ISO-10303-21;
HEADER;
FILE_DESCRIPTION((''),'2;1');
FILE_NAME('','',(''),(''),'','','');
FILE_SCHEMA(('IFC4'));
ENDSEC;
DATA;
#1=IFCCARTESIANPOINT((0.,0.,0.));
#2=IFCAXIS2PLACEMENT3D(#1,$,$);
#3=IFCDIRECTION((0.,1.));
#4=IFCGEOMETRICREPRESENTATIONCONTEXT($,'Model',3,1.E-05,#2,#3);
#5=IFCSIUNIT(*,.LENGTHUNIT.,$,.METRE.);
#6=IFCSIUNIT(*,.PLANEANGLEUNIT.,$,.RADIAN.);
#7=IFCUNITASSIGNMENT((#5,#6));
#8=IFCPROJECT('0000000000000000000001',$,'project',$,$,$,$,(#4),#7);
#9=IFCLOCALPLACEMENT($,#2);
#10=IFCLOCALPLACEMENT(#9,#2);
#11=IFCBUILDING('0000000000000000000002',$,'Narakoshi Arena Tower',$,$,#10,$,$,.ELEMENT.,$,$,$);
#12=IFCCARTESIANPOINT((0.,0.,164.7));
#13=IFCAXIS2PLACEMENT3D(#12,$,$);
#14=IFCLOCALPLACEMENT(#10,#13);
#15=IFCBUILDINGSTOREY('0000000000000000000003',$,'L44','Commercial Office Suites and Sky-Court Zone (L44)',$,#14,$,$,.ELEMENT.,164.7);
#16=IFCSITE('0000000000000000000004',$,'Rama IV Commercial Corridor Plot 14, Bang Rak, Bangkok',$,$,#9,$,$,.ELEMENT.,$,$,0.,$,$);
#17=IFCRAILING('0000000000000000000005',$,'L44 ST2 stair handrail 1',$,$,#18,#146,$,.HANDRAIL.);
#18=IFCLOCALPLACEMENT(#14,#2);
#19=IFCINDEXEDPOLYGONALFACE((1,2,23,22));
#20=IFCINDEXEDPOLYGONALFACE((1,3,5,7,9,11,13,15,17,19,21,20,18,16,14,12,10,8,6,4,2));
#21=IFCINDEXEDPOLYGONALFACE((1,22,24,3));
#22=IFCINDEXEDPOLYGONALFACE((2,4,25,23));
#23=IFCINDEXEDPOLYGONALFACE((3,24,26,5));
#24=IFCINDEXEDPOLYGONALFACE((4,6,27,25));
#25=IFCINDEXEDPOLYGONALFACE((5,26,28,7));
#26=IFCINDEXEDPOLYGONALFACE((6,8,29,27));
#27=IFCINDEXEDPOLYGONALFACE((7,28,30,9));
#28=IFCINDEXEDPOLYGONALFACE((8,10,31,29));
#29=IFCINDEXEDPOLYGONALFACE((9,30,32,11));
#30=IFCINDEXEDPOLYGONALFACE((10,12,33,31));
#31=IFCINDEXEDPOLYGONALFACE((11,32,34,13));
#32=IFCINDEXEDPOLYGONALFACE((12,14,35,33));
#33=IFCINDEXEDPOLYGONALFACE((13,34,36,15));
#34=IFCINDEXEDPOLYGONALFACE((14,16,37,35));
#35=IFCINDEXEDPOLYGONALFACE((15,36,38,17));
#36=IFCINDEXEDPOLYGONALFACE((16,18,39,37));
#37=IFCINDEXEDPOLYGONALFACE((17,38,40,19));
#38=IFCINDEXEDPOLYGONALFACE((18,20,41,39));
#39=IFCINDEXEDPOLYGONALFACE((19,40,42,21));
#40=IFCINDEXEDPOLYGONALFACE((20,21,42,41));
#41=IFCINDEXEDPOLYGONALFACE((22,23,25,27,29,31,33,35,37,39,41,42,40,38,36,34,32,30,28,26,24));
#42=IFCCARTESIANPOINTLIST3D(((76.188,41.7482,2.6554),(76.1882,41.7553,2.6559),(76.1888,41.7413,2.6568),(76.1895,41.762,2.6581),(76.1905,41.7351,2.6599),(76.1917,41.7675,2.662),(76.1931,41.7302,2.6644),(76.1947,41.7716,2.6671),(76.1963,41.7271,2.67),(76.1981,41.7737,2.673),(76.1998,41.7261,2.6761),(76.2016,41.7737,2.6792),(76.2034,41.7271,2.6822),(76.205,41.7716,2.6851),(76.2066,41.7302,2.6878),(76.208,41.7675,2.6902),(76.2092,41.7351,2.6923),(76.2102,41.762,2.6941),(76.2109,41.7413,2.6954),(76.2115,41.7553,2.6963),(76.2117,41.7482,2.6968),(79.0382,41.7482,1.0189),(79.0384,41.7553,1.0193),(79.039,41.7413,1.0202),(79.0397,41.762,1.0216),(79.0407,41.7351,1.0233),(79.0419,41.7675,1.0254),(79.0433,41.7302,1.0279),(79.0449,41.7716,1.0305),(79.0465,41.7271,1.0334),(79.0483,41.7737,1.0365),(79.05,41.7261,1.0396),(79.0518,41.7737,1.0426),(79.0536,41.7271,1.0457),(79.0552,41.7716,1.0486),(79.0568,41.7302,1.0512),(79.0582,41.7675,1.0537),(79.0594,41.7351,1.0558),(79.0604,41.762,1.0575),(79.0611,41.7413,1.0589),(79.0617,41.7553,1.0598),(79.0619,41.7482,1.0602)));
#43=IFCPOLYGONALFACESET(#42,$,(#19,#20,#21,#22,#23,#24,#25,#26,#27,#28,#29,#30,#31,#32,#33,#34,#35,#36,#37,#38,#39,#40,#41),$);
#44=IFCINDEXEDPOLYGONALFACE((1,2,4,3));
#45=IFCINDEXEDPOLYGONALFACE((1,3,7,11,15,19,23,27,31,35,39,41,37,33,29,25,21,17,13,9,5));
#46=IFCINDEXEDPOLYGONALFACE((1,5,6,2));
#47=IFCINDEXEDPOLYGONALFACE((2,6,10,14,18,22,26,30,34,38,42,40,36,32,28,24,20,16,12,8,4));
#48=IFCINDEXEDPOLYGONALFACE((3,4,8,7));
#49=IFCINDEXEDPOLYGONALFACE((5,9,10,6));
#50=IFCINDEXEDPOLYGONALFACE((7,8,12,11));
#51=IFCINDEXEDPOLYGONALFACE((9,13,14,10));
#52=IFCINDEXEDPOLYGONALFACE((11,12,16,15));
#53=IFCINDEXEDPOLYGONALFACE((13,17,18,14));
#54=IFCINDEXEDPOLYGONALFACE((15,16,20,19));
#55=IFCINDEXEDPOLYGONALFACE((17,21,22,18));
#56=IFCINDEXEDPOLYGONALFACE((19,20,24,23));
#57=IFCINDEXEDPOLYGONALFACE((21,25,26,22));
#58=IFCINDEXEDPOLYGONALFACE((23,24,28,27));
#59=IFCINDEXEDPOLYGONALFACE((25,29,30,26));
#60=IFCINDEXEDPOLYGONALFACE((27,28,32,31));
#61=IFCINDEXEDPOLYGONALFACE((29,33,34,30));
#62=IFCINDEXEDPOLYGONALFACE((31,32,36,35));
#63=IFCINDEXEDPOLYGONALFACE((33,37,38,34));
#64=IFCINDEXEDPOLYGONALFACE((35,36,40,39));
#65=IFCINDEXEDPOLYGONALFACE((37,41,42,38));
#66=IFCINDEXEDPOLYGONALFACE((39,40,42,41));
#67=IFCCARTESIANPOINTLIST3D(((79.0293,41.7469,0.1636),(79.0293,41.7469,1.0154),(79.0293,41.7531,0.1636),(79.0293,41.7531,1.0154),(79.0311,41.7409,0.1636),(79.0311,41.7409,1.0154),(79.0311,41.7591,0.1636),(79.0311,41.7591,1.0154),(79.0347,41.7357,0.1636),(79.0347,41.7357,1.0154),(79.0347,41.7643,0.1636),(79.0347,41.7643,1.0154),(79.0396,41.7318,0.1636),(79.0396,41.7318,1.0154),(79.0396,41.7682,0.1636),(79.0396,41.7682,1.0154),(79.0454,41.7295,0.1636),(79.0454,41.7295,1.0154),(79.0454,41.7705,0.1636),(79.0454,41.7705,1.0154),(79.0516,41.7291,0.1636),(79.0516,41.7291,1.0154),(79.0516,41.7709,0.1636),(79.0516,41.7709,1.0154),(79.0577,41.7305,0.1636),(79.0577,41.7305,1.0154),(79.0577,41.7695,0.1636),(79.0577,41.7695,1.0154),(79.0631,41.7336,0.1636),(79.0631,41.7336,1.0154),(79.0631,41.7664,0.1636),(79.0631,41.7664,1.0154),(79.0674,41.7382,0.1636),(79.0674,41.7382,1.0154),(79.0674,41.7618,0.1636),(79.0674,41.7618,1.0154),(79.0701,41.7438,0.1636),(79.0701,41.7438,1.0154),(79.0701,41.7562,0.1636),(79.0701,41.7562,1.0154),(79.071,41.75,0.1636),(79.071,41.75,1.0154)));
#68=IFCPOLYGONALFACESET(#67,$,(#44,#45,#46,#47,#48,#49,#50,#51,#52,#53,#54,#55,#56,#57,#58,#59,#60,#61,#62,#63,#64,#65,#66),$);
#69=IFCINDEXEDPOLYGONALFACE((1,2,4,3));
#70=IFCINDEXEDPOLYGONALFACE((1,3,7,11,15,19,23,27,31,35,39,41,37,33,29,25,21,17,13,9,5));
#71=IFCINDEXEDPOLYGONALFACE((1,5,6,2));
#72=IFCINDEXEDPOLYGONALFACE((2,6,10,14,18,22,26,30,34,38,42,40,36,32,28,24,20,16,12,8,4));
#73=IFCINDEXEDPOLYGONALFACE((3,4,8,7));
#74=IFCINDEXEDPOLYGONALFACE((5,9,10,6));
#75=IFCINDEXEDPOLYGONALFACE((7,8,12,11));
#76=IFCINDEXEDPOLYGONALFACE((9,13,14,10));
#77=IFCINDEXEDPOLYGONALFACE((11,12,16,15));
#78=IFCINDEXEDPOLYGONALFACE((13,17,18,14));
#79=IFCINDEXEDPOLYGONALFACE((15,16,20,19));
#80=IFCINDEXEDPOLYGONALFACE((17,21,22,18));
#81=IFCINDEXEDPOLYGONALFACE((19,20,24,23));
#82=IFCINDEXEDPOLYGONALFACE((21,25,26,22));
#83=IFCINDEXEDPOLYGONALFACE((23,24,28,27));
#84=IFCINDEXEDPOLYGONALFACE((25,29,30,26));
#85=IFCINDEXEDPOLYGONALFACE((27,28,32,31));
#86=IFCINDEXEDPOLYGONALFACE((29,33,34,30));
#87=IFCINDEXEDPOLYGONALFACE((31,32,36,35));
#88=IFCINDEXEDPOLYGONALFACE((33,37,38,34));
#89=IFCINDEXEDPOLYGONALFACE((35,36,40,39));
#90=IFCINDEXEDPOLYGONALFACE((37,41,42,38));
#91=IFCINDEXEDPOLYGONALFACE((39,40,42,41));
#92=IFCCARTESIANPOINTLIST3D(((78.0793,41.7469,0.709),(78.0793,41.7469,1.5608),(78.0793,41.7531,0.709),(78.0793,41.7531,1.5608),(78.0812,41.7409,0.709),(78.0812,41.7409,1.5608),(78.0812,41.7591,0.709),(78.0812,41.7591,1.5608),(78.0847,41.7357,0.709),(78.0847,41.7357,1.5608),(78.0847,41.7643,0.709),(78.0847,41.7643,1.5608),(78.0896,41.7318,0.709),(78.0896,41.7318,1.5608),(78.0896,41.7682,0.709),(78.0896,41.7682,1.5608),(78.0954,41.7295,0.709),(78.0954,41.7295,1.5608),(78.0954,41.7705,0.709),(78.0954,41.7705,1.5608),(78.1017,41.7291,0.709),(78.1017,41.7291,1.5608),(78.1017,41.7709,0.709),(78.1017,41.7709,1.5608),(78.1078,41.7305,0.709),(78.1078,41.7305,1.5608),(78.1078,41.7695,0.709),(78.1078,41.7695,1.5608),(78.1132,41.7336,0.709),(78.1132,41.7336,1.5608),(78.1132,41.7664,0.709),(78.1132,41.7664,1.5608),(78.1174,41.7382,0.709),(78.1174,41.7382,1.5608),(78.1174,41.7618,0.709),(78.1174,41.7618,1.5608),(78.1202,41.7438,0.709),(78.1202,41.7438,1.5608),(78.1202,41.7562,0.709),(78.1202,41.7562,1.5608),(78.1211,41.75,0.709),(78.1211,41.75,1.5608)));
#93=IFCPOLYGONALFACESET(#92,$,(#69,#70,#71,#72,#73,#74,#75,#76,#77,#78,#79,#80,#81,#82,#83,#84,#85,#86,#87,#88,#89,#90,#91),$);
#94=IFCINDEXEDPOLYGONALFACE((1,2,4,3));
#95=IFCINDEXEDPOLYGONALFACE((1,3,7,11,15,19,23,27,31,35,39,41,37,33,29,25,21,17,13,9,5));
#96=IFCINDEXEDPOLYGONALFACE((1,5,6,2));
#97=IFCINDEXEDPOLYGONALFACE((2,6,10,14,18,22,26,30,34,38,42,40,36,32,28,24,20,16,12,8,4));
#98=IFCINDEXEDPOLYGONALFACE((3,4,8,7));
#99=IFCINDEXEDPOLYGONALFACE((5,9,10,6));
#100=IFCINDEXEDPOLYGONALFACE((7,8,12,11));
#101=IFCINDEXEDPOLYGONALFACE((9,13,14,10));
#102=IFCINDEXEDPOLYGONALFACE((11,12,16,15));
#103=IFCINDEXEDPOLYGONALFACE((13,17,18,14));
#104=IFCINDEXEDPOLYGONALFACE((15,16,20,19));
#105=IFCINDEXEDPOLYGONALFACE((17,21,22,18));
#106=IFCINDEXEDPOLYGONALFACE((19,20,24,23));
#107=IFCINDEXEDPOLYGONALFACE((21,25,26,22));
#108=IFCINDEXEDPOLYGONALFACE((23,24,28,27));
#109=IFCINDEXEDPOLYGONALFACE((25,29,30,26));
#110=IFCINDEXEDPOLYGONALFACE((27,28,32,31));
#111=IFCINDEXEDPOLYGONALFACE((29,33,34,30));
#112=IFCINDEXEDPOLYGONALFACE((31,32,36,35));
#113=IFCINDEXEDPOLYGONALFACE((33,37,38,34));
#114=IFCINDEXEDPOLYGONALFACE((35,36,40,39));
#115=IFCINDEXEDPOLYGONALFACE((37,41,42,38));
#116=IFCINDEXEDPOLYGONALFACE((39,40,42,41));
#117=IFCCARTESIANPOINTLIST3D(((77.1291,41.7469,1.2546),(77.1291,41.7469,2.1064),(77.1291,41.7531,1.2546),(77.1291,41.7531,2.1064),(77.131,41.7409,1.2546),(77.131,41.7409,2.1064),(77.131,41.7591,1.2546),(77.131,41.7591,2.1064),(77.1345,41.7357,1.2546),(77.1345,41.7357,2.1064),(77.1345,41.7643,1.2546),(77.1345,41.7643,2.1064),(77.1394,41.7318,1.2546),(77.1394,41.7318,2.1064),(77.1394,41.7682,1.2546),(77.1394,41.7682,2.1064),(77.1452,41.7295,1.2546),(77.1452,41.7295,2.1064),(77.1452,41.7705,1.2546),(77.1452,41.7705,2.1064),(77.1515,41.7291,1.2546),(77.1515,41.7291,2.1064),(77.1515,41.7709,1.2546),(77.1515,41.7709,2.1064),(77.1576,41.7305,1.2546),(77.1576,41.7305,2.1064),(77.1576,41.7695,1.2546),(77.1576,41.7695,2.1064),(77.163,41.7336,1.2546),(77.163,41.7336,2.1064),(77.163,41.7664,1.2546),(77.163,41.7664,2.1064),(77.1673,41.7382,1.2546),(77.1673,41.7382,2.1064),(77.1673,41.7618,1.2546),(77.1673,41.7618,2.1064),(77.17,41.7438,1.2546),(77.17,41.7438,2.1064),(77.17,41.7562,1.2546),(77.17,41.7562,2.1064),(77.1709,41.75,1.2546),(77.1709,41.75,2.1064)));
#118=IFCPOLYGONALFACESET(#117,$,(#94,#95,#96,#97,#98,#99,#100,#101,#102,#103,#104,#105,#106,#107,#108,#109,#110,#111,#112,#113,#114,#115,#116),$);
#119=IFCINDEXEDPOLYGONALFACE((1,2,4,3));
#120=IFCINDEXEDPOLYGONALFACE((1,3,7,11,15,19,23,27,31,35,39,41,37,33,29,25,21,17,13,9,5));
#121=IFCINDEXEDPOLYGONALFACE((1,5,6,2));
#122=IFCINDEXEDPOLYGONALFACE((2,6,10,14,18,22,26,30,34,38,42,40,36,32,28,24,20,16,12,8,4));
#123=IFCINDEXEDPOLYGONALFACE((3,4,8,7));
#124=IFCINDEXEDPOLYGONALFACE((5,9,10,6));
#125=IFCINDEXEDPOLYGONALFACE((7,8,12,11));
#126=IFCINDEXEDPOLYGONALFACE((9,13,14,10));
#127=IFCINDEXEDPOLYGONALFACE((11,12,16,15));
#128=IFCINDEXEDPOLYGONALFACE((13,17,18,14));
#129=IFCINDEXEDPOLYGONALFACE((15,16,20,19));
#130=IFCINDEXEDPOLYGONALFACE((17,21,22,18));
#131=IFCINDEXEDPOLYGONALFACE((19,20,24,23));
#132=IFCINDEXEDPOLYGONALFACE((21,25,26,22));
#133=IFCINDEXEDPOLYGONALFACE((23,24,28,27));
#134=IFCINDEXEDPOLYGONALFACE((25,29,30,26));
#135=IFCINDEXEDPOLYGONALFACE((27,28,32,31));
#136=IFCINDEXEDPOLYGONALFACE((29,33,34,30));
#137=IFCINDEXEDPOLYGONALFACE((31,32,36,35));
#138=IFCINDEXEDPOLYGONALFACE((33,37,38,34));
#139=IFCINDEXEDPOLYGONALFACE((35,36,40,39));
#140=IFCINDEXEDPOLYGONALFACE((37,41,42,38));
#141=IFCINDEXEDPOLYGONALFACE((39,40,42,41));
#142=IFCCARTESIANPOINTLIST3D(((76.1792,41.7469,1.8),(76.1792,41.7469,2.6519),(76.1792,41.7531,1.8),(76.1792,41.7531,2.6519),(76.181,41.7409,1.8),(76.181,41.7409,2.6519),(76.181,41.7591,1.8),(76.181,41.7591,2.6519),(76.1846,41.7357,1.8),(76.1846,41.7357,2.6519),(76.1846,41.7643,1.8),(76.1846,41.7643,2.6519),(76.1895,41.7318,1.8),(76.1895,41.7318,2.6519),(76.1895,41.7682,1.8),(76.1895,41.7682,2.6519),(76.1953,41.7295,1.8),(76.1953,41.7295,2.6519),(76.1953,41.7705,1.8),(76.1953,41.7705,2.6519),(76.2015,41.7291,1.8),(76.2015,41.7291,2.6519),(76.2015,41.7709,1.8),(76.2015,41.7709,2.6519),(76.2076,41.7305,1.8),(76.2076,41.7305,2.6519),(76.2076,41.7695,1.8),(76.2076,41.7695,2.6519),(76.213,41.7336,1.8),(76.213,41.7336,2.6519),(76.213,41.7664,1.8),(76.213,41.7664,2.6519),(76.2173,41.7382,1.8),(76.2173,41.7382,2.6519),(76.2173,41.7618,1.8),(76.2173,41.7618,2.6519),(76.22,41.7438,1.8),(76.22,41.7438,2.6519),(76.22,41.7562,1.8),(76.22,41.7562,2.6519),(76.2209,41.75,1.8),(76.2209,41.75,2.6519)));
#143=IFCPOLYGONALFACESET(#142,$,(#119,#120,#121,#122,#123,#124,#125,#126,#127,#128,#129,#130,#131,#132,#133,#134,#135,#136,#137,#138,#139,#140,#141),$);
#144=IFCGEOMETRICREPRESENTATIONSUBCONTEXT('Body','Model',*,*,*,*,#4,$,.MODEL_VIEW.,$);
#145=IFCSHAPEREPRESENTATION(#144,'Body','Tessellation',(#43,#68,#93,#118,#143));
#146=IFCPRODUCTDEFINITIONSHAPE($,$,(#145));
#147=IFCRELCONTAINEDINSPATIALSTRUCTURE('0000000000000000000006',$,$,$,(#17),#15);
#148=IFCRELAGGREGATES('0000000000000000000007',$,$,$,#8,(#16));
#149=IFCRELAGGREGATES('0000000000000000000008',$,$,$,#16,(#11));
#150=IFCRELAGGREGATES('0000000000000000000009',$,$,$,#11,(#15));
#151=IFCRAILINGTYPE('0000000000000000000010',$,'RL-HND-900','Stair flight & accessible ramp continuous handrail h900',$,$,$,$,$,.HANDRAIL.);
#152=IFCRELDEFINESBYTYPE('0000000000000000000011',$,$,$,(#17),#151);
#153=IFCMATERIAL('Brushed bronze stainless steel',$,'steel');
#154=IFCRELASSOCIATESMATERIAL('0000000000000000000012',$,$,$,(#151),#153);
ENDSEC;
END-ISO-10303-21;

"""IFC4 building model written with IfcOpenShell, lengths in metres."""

from ifc_helpers import new_model, si_unit, direction, frame, origin, origin_2d, place, context, subcontext, project, spatial, circle, extrude, material, type_object, element, save


model = new_model("IFC4")

# Units and contexts
model_context = context("Model", 3, precision=1e-05, world=origin(), true_north=direction((0.0, 1.0)))
body_context = subcontext(model_context, "Body", "Model", "MODEL_VIEW")
ifc_project = project(units=[si_unit("LENGTHUNIT", "METRE"), si_unit("PLANEANGLEUNIT", "RADIAN")], contexts=[model_context])

# Site, building, storey
site_placement = place(None, origin())
site = spatial("IfcSite", under=ifc_project, at=site_placement, Name="Rama IV Commercial Corridor Plot 14, Bang Rak, Bangkok", CompositionType="ELEMENT", RefElevation=0.0)
building_placement = place(site_placement, origin())
building = spatial("IfcBuilding", under=site, at=building_placement, Name="Narakoshi Arena Tower", CompositionType="ELEMENT")
storey_placement = place(building_placement, frame((0.0, 0.0, 164.7)))
storey = spatial("IfcBuildingStorey", under=building, at=storey_placement, Name="L44", Description="Commercial Office Suites and Sky-Court Zone (L44)", CompositionType="ELEMENT", Elevation=164.7)

# Railing
ifc_material_1 = material(Name="Brushed bronze stainless steel", Category="steel")
railing_type_1 = type_object("IfcRailingType", Name="RL-HND-900", Description="Stair flight & accessible ramp continuous handrail h900", PredefinedType="HANDRAIL", material=ifc_material_1)
for number, where, name in (
    (1, (79.05, 41.75, 0.1636), "L44 ST2 stair handrail 1"),
):
    element("IfcRailing", number, at=place(storey_placement, frame(where)), inside=storey, type_object=railing_type_1, Name=name, PredefinedType="HANDRAIL", context=body_context, shape_type="SweptSolid", body=[
        extrude(circle(Radius=0.0239, at=origin_2d()), frame((0.0, 0.0, 0.876), z_axis=(-0.867213, 0.0, 0.497938), x_axis=(0.0, -1.0, 0.0)), (0.0, 0.0, 1.0), 3.2866),
        extrude(circle(Radius=0.021, at=origin_2d()), origin(), (0.0, 0.0, 1.0), 0.8518),
        extrude(circle(Radius=0.021, at=origin_2d()), frame((-0.95, 0.0, 0.5454)), (0.0, 0.0, 1.0), 0.8518),
        extrude(circle(Radius=0.021, at=origin_2d()), frame((-1.9001, 0.0, 1.0911)), (0.0, 0.0, 1.0), 0.8518),
        extrude(circle(Radius=0.021, at=origin_2d()), frame((-2.8501, 0.0, 1.6365)), (0.0, 0.0, 1.0), 0.8518),
    ])

save(model, "model.ifc")
